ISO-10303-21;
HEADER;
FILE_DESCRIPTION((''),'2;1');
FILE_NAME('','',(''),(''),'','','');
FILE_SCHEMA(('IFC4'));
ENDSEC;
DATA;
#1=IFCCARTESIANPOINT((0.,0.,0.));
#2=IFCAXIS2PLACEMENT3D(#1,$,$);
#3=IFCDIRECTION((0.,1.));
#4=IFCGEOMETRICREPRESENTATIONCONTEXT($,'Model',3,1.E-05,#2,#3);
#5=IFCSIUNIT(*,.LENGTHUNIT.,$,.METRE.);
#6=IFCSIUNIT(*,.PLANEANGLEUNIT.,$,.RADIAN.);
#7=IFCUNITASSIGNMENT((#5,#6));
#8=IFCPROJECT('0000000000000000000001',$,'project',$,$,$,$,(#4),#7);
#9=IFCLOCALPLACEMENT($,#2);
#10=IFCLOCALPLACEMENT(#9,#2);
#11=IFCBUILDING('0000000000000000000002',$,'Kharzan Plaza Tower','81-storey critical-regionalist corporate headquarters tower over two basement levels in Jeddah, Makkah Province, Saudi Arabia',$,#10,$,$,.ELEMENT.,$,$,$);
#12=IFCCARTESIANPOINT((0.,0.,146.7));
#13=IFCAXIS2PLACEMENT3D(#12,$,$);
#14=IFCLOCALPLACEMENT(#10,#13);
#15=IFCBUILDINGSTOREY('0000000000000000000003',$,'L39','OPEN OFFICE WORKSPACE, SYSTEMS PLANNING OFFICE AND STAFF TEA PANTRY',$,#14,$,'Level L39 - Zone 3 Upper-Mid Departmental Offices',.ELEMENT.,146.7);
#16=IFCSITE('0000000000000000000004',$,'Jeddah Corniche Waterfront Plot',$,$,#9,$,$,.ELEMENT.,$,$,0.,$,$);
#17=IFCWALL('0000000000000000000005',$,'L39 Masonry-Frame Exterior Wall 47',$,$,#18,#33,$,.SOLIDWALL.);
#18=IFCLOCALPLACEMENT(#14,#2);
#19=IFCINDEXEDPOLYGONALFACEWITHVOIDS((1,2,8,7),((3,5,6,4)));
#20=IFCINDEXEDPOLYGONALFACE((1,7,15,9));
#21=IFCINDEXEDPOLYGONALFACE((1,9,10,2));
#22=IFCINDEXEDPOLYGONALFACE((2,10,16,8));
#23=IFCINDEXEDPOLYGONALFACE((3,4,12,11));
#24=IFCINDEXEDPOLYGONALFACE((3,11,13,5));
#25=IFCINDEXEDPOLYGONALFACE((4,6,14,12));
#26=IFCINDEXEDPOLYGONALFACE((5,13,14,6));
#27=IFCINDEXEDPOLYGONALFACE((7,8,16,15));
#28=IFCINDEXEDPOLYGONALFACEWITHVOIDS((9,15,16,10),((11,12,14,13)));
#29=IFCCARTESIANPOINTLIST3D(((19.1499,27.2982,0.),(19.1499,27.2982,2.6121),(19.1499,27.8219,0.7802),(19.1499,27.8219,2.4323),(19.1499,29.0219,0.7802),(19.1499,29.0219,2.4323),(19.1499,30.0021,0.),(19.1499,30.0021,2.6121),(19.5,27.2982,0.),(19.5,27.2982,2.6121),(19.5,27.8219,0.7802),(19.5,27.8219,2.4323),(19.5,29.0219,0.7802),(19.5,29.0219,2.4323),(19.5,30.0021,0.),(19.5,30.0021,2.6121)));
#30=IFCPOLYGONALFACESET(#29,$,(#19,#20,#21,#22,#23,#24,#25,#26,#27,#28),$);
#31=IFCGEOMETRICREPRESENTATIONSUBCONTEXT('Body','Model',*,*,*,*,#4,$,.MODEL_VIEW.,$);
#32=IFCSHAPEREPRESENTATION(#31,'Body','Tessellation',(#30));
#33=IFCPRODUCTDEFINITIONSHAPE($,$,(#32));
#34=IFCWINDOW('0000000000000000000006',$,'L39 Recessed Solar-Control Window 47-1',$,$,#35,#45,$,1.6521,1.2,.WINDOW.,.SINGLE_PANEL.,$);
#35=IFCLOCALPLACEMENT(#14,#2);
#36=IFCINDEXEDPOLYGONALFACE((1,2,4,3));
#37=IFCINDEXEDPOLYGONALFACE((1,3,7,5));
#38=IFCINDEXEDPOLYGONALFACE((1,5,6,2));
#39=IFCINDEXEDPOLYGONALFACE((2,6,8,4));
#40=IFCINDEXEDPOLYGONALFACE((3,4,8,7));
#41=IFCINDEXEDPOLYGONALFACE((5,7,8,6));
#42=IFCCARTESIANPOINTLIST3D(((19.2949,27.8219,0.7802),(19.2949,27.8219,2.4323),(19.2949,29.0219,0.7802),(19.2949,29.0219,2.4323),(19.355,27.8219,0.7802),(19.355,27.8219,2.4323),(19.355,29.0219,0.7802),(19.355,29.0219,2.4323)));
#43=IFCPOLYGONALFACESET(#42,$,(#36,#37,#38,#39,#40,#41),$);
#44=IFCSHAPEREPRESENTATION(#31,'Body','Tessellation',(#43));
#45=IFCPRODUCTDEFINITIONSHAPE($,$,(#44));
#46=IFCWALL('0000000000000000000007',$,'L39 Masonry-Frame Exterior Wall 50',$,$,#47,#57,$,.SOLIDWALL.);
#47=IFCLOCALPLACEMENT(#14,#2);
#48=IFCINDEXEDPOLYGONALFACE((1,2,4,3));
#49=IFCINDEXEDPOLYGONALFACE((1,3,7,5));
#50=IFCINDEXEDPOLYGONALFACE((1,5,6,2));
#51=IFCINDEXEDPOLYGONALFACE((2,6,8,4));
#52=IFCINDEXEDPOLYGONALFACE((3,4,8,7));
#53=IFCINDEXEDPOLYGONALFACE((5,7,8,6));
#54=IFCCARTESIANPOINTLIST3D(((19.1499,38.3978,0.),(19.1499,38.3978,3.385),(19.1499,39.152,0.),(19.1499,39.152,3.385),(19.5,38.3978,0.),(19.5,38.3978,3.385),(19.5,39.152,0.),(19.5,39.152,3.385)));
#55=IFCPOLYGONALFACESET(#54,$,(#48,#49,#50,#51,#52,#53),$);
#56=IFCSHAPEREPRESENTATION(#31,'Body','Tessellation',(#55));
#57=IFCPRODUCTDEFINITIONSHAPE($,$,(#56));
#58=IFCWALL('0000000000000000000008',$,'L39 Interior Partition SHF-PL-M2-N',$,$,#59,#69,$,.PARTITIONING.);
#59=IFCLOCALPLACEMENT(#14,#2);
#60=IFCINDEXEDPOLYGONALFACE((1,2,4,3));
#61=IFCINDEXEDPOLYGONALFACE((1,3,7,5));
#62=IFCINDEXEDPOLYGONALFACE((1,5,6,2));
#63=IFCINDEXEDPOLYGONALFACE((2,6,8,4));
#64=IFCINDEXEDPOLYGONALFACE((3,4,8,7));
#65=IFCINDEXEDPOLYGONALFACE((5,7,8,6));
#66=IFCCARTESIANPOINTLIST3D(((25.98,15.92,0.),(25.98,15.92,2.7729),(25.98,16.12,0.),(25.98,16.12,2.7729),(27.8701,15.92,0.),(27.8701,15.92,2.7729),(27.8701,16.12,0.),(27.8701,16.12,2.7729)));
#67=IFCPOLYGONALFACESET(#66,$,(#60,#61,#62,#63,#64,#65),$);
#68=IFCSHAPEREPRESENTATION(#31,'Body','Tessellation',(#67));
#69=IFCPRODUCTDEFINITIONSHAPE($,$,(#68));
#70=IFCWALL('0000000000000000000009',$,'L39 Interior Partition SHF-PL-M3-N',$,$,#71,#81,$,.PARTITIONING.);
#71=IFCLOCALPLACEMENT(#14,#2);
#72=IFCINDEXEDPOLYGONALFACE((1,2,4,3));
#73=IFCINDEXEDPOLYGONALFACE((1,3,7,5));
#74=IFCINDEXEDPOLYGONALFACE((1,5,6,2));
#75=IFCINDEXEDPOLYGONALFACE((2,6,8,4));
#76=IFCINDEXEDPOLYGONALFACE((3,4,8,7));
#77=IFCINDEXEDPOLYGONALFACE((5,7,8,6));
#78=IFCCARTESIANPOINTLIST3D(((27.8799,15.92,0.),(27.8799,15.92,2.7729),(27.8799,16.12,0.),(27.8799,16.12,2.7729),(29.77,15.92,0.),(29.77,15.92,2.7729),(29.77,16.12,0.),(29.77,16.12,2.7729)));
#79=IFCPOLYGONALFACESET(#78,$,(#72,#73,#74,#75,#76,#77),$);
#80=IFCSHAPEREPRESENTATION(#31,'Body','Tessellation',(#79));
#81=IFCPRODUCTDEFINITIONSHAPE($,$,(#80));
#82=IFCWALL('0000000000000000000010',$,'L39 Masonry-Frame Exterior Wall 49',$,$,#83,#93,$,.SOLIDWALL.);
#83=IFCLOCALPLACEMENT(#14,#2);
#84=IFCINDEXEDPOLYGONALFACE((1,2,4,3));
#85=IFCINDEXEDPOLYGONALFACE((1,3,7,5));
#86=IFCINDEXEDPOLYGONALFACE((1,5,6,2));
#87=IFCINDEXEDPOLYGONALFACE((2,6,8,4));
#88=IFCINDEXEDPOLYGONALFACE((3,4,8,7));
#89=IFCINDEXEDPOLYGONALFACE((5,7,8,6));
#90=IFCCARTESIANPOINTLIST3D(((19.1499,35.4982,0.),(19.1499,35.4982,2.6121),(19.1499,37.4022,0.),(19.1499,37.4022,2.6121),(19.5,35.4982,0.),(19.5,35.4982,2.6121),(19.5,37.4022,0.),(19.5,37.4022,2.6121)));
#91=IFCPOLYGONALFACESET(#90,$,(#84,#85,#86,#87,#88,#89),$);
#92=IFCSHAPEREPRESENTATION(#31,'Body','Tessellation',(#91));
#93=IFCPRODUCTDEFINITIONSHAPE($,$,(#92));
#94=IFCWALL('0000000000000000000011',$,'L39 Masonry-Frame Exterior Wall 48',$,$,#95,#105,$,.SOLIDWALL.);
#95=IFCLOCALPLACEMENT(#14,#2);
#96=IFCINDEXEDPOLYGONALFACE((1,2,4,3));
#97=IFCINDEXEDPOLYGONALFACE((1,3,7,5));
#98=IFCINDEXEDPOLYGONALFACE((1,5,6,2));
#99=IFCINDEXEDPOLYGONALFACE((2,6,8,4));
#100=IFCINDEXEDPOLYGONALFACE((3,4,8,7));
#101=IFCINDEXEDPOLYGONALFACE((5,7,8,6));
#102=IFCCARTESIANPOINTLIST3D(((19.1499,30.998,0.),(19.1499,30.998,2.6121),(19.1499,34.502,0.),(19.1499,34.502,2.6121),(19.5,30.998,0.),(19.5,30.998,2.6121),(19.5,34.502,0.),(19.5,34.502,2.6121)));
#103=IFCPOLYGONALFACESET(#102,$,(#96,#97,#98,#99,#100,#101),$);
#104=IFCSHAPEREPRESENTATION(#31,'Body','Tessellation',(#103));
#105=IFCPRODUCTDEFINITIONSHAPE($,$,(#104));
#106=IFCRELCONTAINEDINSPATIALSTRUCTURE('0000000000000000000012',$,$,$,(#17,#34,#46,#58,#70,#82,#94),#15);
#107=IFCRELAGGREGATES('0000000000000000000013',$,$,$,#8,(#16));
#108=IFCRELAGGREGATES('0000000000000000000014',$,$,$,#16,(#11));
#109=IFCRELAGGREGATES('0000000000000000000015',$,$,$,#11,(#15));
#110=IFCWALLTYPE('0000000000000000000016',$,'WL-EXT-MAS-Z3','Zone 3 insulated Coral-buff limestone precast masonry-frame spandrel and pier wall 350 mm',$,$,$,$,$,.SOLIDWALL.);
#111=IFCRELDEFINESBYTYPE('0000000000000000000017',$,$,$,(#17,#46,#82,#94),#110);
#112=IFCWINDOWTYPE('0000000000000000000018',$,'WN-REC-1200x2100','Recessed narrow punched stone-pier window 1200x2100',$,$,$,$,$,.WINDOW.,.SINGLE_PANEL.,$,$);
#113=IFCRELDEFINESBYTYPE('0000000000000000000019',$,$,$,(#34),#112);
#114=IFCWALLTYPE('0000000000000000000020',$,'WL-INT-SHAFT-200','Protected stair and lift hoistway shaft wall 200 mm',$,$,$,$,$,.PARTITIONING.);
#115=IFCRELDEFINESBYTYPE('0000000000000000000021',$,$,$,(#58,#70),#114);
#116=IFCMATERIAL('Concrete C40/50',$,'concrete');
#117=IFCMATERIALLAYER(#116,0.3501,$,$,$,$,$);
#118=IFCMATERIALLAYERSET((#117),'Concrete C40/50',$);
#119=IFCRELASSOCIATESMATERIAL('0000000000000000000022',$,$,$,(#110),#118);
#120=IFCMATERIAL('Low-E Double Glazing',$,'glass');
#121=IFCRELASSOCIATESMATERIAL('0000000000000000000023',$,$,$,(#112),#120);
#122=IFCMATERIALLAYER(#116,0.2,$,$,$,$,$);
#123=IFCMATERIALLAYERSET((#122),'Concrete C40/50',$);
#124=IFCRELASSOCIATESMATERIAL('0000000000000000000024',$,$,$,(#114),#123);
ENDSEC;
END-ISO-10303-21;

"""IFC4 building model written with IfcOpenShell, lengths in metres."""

from ifc_helpers import new_model, si_unit, direction, frame, frame_2d, origin, place, context, subcontext, project, spatial, rectangle, extrude, source, transform, mapped, material, layer, layer_set, type_object, element, fill, save


model = new_model("IFC4")

# Units and contexts
model_context = context("Model", 3, precision=1e-05, world=origin(), true_north=direction((0.0, 1.0)))
body_context = subcontext(model_context, "Body", "Model", "MODEL_VIEW")
ifc_project = project(units=[si_unit("LENGTHUNIT", "METRE"), si_unit("PLANEANGLEUNIT", "RADIAN")], contexts=[model_context])

# Site, building, storey
site_placement = place(None, origin())
site = spatial("IfcSite", under=ifc_project, at=site_placement, Name="Jeddah Corniche Waterfront Plot", CompositionType="ELEMENT", RefElevation=0.0)
building_placement = place(site_placement, origin())
building = spatial("IfcBuilding", under=site, at=building_placement, Name="Kharzan Plaza Tower", Description="81-storey critical-regionalist corporate headquarters tower over two basement levels in Jeddah, Makkah Province, Saudi Arabia", CompositionType="ELEMENT")
storey_placement = place(building_placement, frame((0.0, 0.0, 146.7)))
storey = spatial("IfcBuildingStorey", under=building, at=storey_placement, Name="L39", Description="OPEN OFFICE WORKSPACE, SYSTEMS PLANNING OFFICE AND STAFF TEA PANTRY", LongName="Level L39 - Zone 3 Upper-Mid Departmental Offices", CompositionType="ELEMENT", Elevation=146.7)

# Wall, opening, window
ifc_material_1 = material(Name="Concrete C40/50", Category="concrete")
ifc_layer_1 = layer(ifc_material_1, 0.3501)
ifc_layer_set_1 = layer_set([ifc_layer_1], Name="Concrete C40/50")
wall_type_1 = type_object("IfcWallType", Name="WL-EXT-MAS-Z3", Description="Zone 3 insulated Coral-buff limestone precast masonry-frame spandrel and pier wall 350 mm", PredefinedType="SOLIDWALL", material=ifc_layer_set_1)
ifc_material_2 = material(Name="Low-E Double Glazing", Category="glass")
window_type_1 = type_object("IfcWindowType", Name="WN-REC-1200x2100", Description="Recessed narrow punched stone-pier window 1200x2100", PartitioningType="SINGLE_PANEL", PredefinedType="WINDOW", material=ifc_material_2)
shared_shape_1 = source(origin(), body_context, "Body", "SweptSolid", [
    extrude(rectangle(XDim=1.2, YDim=1.6521, at=frame_2d((0.6001, 0.8262))), frame((0.0, 0.03, 0.0), z_axis=(0.0, -1.0, 0.0), x_axis=(1.0, 0.0, 0.0)), (0.0, 0.0, 1.0), 0.0601),
])
wall_1_placement = place(storey_placement, frame((19.325, 27.2981, 0.0), z_axis=(0.0, 0.0, 1.0), x_axis=(0.0, 1.0, 0.0)))
wall_1 = element("IfcWall", 1, at=wall_1_placement, inside=storey, type_object=wall_type_1, Name="L39 Masonry-Frame Exterior Wall 47", PredefinedType="SOLIDWALL", context=body_context, shape_type="SweptSolid", body=[
    extrude(rectangle(XDim=2.7039, YDim=0.3501, at=frame_2d((1.3521, 0.0))), origin(), (0.0, 0.0, 1.0), 2.6121),
])
opening_1_placement = place(wall_1_placement, frame((0.5237, 0.0, 0.78)))
opening_1 = element("IfcOpeningElement", 2, at=opening_1_placement, cuts=wall_1, PredefinedType="OPENING", context=body_context, shape_type="SweptSolid", body=[
    extrude(rectangle(XDim=1.2, YDim=1.6521, at=frame_2d((0.6001, 0.8262))), frame((0.0, 0.1851, 0.0), z_axis=(0.0, -1.0, 0.0), x_axis=(1.0, 0.0, 0.0)), (0.0, 0.0, 1.0), 0.3701),
])
window_1_placement = place(opening_1_placement, origin())
window_1 = element("IfcWindow", 3, at=window_1_placement, inside=storey, type_object=window_type_1, Name="L39 Recessed Solar-Control Window 47-1", OverallHeight=1.6521, OverallWidth=1.2, PartitioningType="SINGLE_PANEL", PredefinedType="WINDOW", context=body_context, shape_type="MappedRepresentation", body=[
    mapped(shared_shape_1, transform((0.0, 0.0, 0.0), x_axis=(1.0, 0.0, 0.0), y_axis=(0.0, 1.0, 0.0), z_axis=(0.0, 0.0, 1.0))),
])
fill(opening_1, window_1)

# Walls
shared_shape_2 = source(origin(), body_context, "Body", "SweptSolid", [
    extrude(rectangle(XDim=0.7542, YDim=0.3501, at=frame_2d((0.377, 0.0))), origin(), (0.0, 0.0, 1.0), 3.385),
])
wall_2_placement = place(storey_placement, frame((19.325, 38.3979, 0.0), z_axis=(0.0, 0.0, 1.0), x_axis=(0.0, 1.0, 0.0)))
element("IfcWall", 4, at=wall_2_placement, inside=storey, type_object=wall_type_1, Name="L39 Masonry-Frame Exterior Wall 50", PredefinedType="SOLIDWALL", context=body_context, shape_type="MappedRepresentation", body=[
    mapped(shared_shape_2, transform((0.0, 0.0, 0.0), x_axis=(1.0, 0.0, 0.0), y_axis=(0.0, 1.0, 0.0), z_axis=(0.0, 0.0, 1.0))),
])
ifc_layer_2 = layer(ifc_material_1, 0.2)
ifc_layer_set_2 = layer_set([ifc_layer_2], Name="Concrete C40/50")
wall_type_2 = type_object("IfcWallType", Name="WL-INT-SHAFT-200", Description="Protected stair and lift hoistway shaft wall 200 mm", PredefinedType="PARTITIONING", material=ifc_layer_set_2)
shared_shape_3 = source(origin(), body_context, "Body", "SweptSolid", [
    extrude(rectangle(XDim=1.8901, YDim=0.2, at=frame_2d((0.9451, 0.0))), origin(), (0.0, 0.0, 1.0), 2.7729),
])
for number, where, z_axis, x_axis, name in (
    (5, (25.98, 16.02, 0.0), (0.0, 0.0, 1.0), (1.0, 0.0, 0.0), "L39 Interior Partition SHF-PL-M2-N"),
    (6, (27.8799, 16.02, 0.0), (0.0, 0.0, 1.0), (1.0, 0.0, 0.0), "L39 Interior Partition SHF-PL-M3-N"),
):
    element("IfcWall", number, at=place(storey_placement, frame(where, z_axis=z_axis, x_axis=x_axis)), inside=storey, type_object=wall_type_2, Name=name, PredefinedType="PARTITIONING", context=body_context, shape_type="MappedRepresentation", body=[
        mapped(shared_shape_3, transform((0.0, 0.0, 0.0), x_axis=(1.0, 0.0, 0.0), y_axis=(0.0, 1.0, 0.0), z_axis=(0.0, 0.0, 1.0))),
    ])
shared_shape_4 = source(origin(), body_context, "Body", "SweptSolid", [
    extrude(rectangle(XDim=1.9041, YDim=0.3501, at=frame_2d((0.9521, 0.0))), origin(), (0.0, 0.0, 1.0), 2.6121),
])
wall_3_placement = place(storey_placement, frame((19.325, 35.498, 0.0), z_axis=(0.0, 0.0, 1.0), x_axis=(0.0, 1.0, 0.0)))
element("IfcWall", 7, at=wall_3_placement, inside=storey, type_object=wall_type_1, Name="L39 Masonry-Frame Exterior Wall 49", PredefinedType="SOLIDWALL", context=body_context, shape_type="MappedRepresentation", body=[
    mapped(shared_shape_4, transform((0.0, 0.0, 0.0), x_axis=(1.0, 0.0, 0.0), y_axis=(0.0, 1.0, 0.0), z_axis=(0.0, 0.0, 1.0))),
])
shared_shape_5 = source(origin(), body_context, "Body", "SweptSolid", [
    extrude(rectangle(XDim=3.5039, YDim=0.3501, at=frame_2d((1.752, 0.0))), origin(), (0.0, 0.0, 1.0), 2.6121),
])
wall_4_placement = place(storey_placement, frame((19.325, 30.998, 0.0), z_axis=(0.0, 0.0, 1.0), x_axis=(0.0, 1.0, 0.0)))
element("IfcWall", 8, at=wall_4_placement, inside=storey, type_object=wall_type_1, Name="L39 Masonry-Frame Exterior Wall 48", PredefinedType="SOLIDWALL", context=body_context, shape_type="MappedRepresentation", body=[
    mapped(shared_shape_5, transform((0.0, 0.0, 0.0), x_axis=(1.0, 0.0, 0.0), y_axis=(0.0, 1.0, 0.0), z_axis=(0.0, 0.0, 1.0))),
])

save(model, "model.ifc")
